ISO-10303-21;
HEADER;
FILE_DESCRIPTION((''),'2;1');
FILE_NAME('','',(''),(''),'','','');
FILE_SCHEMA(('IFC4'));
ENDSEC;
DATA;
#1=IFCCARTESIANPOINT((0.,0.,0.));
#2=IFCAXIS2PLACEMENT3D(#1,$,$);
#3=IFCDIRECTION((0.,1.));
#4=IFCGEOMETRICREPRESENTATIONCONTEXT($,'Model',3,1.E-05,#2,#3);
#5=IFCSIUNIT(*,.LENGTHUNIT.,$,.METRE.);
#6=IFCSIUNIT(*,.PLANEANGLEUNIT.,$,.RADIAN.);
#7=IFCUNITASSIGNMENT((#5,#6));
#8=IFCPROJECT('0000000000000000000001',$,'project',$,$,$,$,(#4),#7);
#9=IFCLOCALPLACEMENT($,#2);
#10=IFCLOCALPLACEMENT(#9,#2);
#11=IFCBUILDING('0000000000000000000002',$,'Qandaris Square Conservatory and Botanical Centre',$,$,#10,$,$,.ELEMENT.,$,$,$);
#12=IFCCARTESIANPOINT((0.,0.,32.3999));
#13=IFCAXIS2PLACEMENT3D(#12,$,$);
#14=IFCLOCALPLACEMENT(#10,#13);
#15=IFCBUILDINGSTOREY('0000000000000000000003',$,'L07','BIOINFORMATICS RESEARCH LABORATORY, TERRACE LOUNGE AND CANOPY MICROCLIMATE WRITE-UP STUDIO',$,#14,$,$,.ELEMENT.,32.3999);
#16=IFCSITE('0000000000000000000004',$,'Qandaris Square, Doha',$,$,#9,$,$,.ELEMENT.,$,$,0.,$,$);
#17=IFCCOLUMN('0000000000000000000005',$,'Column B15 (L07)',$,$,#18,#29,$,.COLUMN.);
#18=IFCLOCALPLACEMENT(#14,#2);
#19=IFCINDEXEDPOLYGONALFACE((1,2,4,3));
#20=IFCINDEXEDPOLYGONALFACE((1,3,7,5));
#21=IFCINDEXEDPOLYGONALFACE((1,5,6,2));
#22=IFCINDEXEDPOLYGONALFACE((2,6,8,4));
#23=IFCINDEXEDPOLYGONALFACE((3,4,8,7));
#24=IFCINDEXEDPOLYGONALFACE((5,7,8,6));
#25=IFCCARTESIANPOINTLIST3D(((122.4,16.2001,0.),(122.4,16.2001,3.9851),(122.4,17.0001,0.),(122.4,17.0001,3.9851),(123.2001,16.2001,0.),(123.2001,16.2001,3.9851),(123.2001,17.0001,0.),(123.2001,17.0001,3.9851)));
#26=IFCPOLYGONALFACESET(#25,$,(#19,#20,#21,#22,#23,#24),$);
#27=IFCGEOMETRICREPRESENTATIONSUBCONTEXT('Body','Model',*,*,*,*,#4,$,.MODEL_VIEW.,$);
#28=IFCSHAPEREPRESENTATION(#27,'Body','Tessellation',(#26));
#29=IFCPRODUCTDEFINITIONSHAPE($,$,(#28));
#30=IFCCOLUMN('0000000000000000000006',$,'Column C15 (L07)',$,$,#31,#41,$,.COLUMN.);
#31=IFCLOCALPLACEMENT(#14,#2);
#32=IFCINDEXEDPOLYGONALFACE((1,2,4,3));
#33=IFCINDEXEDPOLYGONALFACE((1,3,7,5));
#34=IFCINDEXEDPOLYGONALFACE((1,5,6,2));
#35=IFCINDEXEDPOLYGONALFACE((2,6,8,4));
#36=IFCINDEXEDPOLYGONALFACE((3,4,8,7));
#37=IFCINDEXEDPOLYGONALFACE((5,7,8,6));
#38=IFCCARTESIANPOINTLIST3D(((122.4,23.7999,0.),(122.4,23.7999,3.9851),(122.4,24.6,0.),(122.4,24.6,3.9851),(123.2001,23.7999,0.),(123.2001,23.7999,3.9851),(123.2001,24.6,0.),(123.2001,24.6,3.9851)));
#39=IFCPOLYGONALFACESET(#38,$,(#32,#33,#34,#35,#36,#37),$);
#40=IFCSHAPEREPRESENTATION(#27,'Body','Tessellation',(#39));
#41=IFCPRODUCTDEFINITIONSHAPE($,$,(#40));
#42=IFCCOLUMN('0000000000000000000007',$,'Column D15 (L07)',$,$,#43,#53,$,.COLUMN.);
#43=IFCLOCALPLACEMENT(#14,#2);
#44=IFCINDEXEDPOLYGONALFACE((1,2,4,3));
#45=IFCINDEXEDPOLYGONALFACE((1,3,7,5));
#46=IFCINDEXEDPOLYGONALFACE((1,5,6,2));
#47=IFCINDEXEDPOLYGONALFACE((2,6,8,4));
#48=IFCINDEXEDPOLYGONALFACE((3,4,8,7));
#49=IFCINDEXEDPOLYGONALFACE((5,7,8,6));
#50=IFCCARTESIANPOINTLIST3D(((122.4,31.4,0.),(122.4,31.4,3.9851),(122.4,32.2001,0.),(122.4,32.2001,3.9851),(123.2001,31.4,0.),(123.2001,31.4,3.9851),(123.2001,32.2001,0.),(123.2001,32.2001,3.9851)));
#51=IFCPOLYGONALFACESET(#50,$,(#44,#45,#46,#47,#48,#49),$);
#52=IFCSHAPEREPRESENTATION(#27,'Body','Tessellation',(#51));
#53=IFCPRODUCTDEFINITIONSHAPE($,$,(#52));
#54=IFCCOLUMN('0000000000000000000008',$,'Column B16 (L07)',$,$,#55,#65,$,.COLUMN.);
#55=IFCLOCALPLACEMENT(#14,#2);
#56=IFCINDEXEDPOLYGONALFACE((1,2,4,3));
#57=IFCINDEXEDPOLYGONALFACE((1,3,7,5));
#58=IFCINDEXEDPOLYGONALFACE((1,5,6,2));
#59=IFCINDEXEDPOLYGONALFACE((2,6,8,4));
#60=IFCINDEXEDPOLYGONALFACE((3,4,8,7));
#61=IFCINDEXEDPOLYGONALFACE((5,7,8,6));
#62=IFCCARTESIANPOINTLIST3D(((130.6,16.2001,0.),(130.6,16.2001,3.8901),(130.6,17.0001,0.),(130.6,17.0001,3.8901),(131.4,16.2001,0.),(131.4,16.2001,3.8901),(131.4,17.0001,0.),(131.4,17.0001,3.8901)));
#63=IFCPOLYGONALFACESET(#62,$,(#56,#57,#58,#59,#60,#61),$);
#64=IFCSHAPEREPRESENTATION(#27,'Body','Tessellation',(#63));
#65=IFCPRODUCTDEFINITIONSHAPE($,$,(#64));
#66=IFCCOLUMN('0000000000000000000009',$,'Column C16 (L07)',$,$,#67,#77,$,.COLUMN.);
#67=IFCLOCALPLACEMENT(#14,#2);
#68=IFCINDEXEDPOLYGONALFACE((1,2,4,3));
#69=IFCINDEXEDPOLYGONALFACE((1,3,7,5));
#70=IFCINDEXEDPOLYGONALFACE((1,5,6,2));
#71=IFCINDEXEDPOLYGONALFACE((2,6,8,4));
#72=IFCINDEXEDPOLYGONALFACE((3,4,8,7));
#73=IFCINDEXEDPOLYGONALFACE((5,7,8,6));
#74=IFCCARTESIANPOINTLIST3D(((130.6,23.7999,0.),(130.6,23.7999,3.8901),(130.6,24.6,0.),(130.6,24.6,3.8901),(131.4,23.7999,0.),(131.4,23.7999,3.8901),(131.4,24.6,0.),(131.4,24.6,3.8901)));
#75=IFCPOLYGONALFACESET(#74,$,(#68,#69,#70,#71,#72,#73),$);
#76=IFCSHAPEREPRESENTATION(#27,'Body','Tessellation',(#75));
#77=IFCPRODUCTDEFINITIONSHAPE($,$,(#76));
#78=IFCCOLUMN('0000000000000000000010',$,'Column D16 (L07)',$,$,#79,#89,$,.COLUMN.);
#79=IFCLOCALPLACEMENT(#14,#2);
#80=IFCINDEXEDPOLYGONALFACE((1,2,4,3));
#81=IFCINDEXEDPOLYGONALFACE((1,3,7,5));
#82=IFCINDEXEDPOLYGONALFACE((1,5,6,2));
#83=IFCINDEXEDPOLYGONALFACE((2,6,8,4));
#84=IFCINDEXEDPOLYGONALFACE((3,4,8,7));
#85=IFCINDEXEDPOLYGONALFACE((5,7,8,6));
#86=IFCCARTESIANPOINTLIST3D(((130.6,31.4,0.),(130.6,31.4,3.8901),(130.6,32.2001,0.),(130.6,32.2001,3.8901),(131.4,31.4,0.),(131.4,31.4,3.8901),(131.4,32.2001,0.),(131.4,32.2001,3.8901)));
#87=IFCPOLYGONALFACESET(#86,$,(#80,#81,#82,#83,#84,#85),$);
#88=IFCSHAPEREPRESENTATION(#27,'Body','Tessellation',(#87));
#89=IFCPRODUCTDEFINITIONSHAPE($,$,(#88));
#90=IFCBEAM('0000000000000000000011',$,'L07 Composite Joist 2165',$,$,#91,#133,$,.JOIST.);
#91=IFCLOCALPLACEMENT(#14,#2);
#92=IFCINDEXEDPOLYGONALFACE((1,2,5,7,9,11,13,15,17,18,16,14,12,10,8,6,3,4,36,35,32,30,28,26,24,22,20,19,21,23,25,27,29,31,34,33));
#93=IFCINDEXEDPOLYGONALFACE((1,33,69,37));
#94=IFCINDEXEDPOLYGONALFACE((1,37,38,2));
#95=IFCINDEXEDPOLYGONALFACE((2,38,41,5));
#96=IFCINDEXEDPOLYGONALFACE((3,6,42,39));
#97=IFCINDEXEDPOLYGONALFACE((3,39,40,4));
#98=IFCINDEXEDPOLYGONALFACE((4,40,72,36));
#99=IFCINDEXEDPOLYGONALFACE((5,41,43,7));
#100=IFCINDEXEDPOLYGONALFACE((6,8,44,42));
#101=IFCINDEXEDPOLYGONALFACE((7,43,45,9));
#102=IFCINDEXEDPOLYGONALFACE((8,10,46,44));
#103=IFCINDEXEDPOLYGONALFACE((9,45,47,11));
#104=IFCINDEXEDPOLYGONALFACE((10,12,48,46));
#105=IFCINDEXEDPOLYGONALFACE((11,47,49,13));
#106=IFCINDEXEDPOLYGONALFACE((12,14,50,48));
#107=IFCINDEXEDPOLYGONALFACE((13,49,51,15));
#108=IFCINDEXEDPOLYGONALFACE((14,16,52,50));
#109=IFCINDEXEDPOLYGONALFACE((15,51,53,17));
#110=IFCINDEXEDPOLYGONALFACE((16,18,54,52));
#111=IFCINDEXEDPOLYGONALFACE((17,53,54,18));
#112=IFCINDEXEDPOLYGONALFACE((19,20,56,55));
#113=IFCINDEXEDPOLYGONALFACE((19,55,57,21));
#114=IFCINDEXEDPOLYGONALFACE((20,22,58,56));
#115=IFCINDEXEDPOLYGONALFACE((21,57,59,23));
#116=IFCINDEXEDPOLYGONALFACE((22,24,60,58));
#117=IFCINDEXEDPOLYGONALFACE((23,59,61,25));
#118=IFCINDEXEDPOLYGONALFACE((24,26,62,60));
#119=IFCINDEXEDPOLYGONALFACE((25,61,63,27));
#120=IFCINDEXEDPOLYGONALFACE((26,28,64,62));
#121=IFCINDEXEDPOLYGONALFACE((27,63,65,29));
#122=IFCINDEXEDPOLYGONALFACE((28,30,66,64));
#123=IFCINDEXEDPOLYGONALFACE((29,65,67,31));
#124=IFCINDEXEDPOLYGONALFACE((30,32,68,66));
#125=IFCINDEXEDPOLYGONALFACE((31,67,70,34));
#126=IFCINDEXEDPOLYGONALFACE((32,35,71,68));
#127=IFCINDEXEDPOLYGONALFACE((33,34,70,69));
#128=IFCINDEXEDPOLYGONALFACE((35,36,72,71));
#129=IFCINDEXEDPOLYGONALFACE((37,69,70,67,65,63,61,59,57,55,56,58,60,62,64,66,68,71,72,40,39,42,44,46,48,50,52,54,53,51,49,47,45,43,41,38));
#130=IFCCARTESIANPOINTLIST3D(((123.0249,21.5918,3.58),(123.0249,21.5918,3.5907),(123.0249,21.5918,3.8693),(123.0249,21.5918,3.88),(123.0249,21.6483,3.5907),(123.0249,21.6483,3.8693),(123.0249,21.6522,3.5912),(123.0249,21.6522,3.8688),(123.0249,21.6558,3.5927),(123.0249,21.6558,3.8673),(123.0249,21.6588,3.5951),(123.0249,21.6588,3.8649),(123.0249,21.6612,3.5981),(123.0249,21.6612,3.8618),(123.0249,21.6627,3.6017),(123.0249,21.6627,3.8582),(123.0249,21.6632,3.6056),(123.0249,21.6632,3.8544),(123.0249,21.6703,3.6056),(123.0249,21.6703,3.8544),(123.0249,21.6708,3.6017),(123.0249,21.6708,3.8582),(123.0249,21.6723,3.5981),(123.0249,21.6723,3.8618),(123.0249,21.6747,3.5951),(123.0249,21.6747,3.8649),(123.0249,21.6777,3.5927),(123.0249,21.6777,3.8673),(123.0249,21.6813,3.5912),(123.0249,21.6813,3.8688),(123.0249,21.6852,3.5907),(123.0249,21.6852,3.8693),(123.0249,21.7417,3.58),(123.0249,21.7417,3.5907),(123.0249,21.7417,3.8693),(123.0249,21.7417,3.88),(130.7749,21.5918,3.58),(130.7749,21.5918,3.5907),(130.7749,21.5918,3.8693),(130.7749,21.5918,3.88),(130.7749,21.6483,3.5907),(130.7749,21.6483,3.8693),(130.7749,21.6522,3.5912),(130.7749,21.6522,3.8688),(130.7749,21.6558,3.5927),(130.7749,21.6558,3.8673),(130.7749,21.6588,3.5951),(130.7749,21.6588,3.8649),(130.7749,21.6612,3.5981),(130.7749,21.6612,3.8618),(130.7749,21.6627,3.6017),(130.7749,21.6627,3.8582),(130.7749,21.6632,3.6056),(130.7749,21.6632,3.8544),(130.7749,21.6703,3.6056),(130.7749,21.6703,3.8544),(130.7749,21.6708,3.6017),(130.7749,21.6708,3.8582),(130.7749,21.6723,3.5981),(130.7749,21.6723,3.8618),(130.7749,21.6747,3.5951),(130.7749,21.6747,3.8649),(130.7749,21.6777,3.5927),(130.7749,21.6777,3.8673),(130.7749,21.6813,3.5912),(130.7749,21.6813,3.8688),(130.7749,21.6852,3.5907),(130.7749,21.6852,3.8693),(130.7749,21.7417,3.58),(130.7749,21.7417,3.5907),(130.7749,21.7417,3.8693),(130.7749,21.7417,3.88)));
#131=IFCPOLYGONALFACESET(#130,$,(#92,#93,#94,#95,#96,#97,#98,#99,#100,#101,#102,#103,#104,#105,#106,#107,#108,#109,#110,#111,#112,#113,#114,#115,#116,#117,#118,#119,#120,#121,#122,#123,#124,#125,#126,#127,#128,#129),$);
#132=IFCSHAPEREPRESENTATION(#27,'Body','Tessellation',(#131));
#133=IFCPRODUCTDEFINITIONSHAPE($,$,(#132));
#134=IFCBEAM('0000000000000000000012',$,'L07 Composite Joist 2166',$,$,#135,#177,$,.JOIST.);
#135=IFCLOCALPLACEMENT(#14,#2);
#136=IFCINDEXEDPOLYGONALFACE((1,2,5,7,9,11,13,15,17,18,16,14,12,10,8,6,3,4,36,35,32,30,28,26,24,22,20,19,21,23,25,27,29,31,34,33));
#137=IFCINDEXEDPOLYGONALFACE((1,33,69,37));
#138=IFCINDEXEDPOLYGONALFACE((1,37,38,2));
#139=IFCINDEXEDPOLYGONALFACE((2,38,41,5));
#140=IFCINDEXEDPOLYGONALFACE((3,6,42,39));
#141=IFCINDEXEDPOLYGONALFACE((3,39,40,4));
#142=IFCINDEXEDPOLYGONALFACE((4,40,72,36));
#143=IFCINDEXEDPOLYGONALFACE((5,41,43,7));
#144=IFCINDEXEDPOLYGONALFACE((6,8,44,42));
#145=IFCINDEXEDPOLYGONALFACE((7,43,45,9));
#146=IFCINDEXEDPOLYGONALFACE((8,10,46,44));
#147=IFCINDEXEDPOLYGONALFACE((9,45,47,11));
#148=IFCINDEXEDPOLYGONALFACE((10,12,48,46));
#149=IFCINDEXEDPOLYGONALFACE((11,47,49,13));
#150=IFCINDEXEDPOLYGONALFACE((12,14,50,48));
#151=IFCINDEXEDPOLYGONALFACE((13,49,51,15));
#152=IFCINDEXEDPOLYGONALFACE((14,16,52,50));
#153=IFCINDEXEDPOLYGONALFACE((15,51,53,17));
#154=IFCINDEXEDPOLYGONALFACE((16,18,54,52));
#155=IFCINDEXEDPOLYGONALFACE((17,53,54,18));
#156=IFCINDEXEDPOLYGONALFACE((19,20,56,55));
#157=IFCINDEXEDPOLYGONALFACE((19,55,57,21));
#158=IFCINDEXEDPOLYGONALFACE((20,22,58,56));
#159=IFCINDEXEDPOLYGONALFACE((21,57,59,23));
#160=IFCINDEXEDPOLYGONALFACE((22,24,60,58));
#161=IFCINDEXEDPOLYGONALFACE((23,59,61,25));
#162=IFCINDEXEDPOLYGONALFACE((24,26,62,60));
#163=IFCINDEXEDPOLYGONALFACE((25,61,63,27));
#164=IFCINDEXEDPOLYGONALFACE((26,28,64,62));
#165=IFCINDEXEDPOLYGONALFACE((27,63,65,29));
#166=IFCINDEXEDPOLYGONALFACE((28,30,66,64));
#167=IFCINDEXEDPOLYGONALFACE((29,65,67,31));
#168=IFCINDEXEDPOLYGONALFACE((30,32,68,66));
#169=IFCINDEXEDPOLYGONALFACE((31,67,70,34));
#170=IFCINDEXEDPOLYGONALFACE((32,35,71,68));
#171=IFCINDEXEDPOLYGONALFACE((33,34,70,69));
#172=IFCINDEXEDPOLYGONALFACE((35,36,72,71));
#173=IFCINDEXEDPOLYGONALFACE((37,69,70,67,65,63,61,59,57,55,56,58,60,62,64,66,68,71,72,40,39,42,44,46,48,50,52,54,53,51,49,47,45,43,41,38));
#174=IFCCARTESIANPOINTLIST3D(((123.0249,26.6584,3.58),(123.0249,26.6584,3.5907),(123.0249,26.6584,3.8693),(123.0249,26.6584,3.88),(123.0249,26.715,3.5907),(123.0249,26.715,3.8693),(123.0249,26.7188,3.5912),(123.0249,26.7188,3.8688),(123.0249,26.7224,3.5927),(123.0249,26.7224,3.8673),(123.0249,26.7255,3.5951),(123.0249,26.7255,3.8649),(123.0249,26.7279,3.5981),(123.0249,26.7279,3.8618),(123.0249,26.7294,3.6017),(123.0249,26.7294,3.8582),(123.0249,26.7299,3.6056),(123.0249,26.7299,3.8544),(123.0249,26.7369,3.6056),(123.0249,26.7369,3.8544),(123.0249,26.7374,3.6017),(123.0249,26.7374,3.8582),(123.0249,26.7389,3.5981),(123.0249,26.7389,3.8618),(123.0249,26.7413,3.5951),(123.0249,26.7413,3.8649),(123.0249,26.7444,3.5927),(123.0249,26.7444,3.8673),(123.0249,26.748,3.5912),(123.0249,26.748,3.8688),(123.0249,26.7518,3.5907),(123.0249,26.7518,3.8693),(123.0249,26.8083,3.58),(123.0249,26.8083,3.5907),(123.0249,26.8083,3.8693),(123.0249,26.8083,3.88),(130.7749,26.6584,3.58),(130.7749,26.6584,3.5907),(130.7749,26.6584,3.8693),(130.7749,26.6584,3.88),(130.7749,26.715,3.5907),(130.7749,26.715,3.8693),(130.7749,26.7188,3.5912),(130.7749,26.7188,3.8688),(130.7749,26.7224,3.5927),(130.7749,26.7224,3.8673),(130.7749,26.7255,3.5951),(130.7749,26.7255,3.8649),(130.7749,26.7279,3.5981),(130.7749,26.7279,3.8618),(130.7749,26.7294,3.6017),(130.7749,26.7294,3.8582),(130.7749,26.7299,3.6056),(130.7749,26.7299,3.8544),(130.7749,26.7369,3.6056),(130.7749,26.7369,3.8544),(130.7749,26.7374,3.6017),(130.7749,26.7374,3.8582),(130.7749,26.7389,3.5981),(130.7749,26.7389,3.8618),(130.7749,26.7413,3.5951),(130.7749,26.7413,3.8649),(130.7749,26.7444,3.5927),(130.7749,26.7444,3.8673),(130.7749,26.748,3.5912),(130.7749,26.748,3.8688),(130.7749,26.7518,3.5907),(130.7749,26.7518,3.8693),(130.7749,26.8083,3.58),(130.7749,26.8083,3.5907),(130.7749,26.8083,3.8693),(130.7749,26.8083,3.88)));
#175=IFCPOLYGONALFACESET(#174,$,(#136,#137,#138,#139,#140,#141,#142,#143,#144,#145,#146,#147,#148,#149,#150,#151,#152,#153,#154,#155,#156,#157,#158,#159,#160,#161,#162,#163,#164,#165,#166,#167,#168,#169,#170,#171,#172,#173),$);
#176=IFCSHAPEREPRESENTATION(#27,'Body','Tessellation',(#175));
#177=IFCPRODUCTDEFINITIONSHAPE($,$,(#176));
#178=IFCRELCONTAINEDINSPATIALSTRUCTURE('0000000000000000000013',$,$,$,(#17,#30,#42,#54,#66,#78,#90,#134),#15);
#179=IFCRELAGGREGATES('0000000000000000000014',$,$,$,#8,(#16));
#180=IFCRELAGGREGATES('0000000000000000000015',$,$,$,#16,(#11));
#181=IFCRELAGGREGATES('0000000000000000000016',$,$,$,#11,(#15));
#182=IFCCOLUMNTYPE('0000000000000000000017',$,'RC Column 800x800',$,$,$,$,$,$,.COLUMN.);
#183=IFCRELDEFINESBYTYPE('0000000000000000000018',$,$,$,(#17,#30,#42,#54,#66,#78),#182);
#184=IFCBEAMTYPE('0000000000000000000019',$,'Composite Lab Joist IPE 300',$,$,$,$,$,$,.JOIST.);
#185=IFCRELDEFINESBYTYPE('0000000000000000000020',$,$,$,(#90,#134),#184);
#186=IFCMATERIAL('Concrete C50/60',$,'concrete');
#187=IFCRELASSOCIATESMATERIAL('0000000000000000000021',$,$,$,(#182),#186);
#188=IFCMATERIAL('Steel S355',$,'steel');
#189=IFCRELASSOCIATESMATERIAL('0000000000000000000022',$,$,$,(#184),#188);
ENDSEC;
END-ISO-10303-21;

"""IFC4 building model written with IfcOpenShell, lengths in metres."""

from ifc_helpers import new_model, si_unit, direction, frame, origin, origin_2d, place, context, subcontext, project, spatial, rectangle, i_section, extrude, material, material_profile, profile_set, type_object, element, save


model = new_model("IFC4")

# Units and contexts
model_context = context("Model", 3, precision=1e-05, world=origin(), true_north=direction((0.0, 1.0)))
body_context = subcontext(model_context, "Body", "Model", "MODEL_VIEW")
ifc_project = project(units=[si_unit("LENGTHUNIT", "METRE"), si_unit("PLANEANGLEUNIT", "RADIAN")], contexts=[model_context])

# Site, building, storey
site_placement = place(None, origin())
site = spatial("IfcSite", under=ifc_project, at=site_placement, Name="Qandaris Square, Doha", CompositionType="ELEMENT", RefElevation=0.0)
building_placement = place(site_placement, origin())
building = spatial("IfcBuilding", under=site, at=building_placement, Name="Qandaris Square Conservatory and Botanical Centre", CompositionType="ELEMENT")
storey_placement = place(building_placement, frame((0.0, 0.0, 32.3999)))
storey = spatial("IfcBuildingStorey", under=building, at=storey_placement, Name="L07", Description="BIOINFORMATICS RESEARCH LABORATORY, TERRACE LOUNGE AND CANOPY MICROCLIMATE WRITE-UP STUDIO", CompositionType="ELEMENT", Elevation=32.3999)

# Columns
ifc_material_1 = material(Name="Concrete C50/60", Category="concrete")
ifc_material_profile_1 = material_profile(ifc_material_1, rectangle(XDim=0.8, YDim=0.8, at=origin_2d()), Name="RC-COL 800x800")
ifc_profile_set_1 = profile_set([ifc_material_profile_1], Name="Concrete C50/60")
column_type = type_object("IfcColumnType", Name="RC Column 800x800", PredefinedType="COLUMN", material=ifc_profile_set_1)
for number, where, z_axis, x_axis, name in (
    (1, (122.8, 16.6001, 0.0), (0.0, 0.0, 1.0), (1.0, 0.0, 0.0), "Column B15 (L07)"),
    (2, (122.8, 24.2, 0.0), (0.0, 0.0, 1.0), (1.0, 0.0, 0.0), "Column C15 (L07)"),
    (3, (122.8, 31.8, 0.0), (0.0, 0.0, 1.0), (1.0, 0.0, 0.0), "Column D15 (L07)"),
):
    element("IfcColumn", number, at=place(storey_placement, frame(where, z_axis=z_axis, x_axis=x_axis)), inside=storey, type_object=column_type, Name=name, PredefinedType="COLUMN", context=body_context, shape_type="SweptSolid", body=[
        extrude(rectangle(XDim=0.8, YDim=0.8, at=origin_2d()), origin(), (0.0, 0.0, 1.0), 3.9851),
    ])
for number, where, z_axis, x_axis, name in (
    (4, (131.0, 16.6001, 0.0), (0.0, 0.0, 1.0), (1.0, 0.0, 0.0), "Column B16 (L07)"),
    (5, (131.0, 24.2, 0.0), (0.0, 0.0, 1.0), (1.0, 0.0, 0.0), "Column C16 (L07)"),
    (6, (131.0, 31.8, 0.0), (0.0, 0.0, 1.0), (1.0, 0.0, 0.0), "Column D16 (L07)"),
):
    element("IfcColumn", number, at=place(storey_placement, frame(where, z_axis=z_axis, x_axis=x_axis)), inside=storey, type_object=column_type, Name=name, PredefinedType="COLUMN", context=body_context, shape_type="SweptSolid", body=[
        extrude(rectangle(XDim=0.8, YDim=0.8, at=origin_2d()), origin(), (0.0, 0.0, 1.0), 3.8901),
    ])

# Beams
ifc_material_2 = material(Name="Steel S355", Category="steel")
ifc_material_profile_2 = material_profile(ifc_material_2, i_section(OverallWidth=0.1499, OverallDepth=0.3, WebThickness=0.0071, FlangeThickness=0.0107, FilletRadius=0.0149, at=origin_2d()), Name="IPE 300")
ifc_profile_set_2 = profile_set([ifc_material_profile_2], Name="Steel S355")
beam_type_1 = type_object("IfcBeamType", Name="Composite Lab Joist IPE 300", PredefinedType="JOIST", material=ifc_profile_set_2)
for number, where, z_axis, x_axis, name in (
    (7, (123.0249, 21.6667, 3.73), (1.0, 0.0, 0.0), (0.0, 1.0, 0.0), "L07 Composite Joist 2165"),
    (8, (123.0249, 26.7334, 3.73), (1.0, 0.0, 0.0), (0.0, 1.0, 0.0), "L07 Composite Joist 2166"),
):
    element("IfcBeam", number, at=place(storey_placement, frame(where, z_axis=z_axis, x_axis=x_axis)), inside=storey, type_object=beam_type_1, Name=name, PredefinedType="JOIST", context=body_context, shape_type="SweptSolid", body=[
        extrude(i_section(OverallWidth=0.1499, OverallDepth=0.3, WebThickness=0.0071, FlangeThickness=0.0107, FilletRadius=0.0149, at=origin_2d()), origin(), (0.0, 0.0, 1.0), 7.75),
    ])

save(model, "model.ifc")
